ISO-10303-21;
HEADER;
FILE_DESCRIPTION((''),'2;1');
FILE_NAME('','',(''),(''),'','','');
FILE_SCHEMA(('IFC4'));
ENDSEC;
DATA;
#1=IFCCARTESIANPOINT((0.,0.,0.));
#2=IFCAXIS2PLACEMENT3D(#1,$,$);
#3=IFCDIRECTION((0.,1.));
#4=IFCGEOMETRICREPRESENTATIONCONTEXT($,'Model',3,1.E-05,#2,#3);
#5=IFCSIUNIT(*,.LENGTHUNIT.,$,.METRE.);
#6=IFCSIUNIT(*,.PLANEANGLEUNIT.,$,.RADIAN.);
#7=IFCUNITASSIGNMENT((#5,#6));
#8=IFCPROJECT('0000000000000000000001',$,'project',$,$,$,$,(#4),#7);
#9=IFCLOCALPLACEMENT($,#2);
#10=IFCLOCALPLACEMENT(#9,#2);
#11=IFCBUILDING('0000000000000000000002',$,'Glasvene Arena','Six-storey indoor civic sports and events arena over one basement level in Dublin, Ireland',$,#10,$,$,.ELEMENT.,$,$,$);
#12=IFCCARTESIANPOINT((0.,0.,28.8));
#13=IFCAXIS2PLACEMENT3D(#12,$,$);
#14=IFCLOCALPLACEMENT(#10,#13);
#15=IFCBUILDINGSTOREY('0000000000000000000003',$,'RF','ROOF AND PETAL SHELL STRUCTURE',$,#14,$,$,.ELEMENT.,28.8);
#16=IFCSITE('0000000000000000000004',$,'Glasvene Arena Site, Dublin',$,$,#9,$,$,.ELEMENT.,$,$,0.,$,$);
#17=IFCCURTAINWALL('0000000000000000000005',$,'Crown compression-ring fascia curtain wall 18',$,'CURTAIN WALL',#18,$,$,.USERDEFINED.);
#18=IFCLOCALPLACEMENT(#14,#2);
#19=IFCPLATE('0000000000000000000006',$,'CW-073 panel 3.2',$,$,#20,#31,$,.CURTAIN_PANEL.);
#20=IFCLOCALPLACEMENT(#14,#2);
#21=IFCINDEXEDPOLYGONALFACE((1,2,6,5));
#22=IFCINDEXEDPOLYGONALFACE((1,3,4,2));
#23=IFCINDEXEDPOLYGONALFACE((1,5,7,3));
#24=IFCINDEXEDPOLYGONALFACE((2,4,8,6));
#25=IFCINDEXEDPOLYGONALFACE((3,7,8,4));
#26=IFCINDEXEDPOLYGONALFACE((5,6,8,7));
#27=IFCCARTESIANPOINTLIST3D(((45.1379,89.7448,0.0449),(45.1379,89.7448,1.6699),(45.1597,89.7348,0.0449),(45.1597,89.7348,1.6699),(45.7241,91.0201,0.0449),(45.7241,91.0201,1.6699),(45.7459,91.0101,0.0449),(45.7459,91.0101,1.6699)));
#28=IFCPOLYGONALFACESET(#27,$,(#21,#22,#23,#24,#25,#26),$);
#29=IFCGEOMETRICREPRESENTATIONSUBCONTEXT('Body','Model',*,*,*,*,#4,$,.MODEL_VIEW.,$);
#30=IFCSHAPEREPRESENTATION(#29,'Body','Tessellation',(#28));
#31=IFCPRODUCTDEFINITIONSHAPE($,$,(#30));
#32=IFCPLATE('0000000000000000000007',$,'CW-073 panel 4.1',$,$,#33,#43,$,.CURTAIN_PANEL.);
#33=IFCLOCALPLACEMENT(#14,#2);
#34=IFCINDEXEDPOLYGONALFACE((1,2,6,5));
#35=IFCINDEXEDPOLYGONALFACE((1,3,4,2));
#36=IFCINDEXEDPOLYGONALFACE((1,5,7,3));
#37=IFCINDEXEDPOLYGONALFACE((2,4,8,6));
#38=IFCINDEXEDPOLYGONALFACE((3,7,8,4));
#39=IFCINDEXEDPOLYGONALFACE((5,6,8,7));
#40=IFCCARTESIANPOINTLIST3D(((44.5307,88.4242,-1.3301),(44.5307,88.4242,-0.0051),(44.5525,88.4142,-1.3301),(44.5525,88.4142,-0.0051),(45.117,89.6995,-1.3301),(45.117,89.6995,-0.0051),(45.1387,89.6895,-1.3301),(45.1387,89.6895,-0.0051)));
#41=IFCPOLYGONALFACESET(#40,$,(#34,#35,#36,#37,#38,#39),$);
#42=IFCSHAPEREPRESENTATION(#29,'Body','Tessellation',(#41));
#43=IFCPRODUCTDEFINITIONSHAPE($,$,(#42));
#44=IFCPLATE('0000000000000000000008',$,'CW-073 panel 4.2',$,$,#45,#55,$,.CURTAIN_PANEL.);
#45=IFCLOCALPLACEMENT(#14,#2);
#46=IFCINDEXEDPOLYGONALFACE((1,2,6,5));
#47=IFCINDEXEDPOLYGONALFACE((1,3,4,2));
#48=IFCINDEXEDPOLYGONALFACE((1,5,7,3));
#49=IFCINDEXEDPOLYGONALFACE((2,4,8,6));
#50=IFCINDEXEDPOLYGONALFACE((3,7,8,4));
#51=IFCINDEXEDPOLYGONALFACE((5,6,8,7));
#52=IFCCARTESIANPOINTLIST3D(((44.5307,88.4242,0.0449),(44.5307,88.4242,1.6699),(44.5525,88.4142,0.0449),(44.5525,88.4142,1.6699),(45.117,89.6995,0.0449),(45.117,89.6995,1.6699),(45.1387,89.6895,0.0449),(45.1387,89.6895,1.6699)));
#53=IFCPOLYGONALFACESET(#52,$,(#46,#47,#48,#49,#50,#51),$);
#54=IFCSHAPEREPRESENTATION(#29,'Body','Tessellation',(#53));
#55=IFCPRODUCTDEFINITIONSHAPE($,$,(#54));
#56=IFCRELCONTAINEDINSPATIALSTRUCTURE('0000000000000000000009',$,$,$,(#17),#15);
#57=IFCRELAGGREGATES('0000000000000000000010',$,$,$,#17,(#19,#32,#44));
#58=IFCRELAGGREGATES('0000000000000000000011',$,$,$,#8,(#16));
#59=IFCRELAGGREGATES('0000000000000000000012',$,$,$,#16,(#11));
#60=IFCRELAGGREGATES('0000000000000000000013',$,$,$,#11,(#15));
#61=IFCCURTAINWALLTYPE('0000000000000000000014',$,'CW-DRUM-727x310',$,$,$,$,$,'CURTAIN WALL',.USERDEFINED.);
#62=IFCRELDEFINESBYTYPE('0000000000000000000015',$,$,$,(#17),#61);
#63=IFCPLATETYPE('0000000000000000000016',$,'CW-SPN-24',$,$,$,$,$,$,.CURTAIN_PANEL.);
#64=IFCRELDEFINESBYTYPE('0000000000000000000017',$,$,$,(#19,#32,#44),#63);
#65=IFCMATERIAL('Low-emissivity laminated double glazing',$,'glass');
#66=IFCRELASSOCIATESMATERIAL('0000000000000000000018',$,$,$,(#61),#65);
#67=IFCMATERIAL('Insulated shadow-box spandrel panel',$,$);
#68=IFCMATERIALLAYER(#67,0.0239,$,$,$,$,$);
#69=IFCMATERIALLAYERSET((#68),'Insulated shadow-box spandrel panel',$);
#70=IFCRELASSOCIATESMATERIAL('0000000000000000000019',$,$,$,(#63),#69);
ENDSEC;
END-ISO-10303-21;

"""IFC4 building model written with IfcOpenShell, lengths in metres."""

from ifc_helpers import new_model, si_unit, direction, frame, origin, origin_2d, place, context, subcontext, project, spatial, rectangle, extrude, material, layer, layer_set, type_object, element, aggregate, save


model = new_model("IFC4")

# Units and contexts
model_context = context("Model", 3, precision=1e-05, world=origin(), true_north=direction((0.0, 1.0)))
body_context = subcontext(model_context, "Body", "Model", "MODEL_VIEW")
ifc_project = project(units=[si_unit("LENGTHUNIT", "METRE"), si_unit("PLANEANGLEUNIT", "RADIAN")], contexts=[model_context])

# Site, building, storey
site_placement = place(None, origin())
site = spatial("IfcSite", under=ifc_project, at=site_placement, Name="Glasvene Arena Site, Dublin", CompositionType="ELEMENT", RefElevation=0.0)
building_placement = place(site_placement, origin())
building = spatial("IfcBuilding", under=site, at=building_placement, Name="Glasvene Arena", Description="Six-storey indoor civic sports and events arena over one basement level in Dublin, Ireland", CompositionType="ELEMENT")
storey_placement = place(building_placement, frame((0.0, 0.0, 28.8)))
storey = spatial("IfcBuildingStorey", under=building, at=storey_placement, Name="RF", Description="ROOF AND PETAL SHELL STRUCTURE", CompositionType="ELEMENT", Elevation=28.8)

# Curtain wall, plates
ifc_material_1 = material(Name="Low-emissivity laminated double glazing", Category="glass")
curtain_wall_type = type_object("IfcCurtainWallType", Name="CW-DRUM-727x310", ElementType="CURTAIN WALL", PredefinedType="USERDEFINED", material=ifc_material_1)
curtain_wall_placement = place(storey_placement, frame((46.9597, 93.6792, 0.0)))
curtain_wall = element("IfcCurtainWall", 1, at=curtain_wall_placement, inside=storey, type_object=curtain_wall_type, Name="Crown compression-ring fascia curtain wall 18", ObjectType="CURTAIN WALL", PredefinedType="USERDEFINED")
ifc_material_2 = material(Name="Insulated shadow-box spandrel panel")
ifc_layer = layer(ifc_material_2, 0.0239)
ifc_layer_set = layer_set([ifc_layer], Name="Insulated shadow-box spandrel panel")
plate_type = type_object("IfcPlateType", Name="CW-SPN-24", PredefinedType="CURTAIN_PANEL", material=ifc_layer_set)
plate_1_placement = place(storey_placement, frame((45.4419, 90.3774, 0.0449), z_axis=(0.0, 0.0, 1.0), x_axis=(-0.417661, -0.908603, 0.0)))
plate_1 = element("IfcPlate", 2, at=plate_1_placement, type_object=plate_type, Name="CW-073 panel 3.2", PredefinedType="CURTAIN_PANEL", context=body_context, shape_type="SweptSolid", body=[
    extrude(rectangle(XDim=1.4036, YDim=0.0239, at=origin_2d()), origin(), (0.0, 0.0, 1.0), 1.625),
])
plate_2_placement = place(storey_placement, frame((44.8347, 89.0569, -1.3301), z_axis=(0.0, 0.0, 1.0), x_axis=(-0.417661, -0.908603, 0.0)))
plate_2 = element("IfcPlate", 3, at=plate_2_placement, type_object=plate_type, Name="CW-073 panel 4.1", PredefinedType="CURTAIN_PANEL", context=body_context, shape_type="SweptSolid", body=[
    extrude(rectangle(XDim=1.4036, YDim=0.0239, at=origin_2d()), origin(), (0.0, 0.0, 1.0), 1.325),
])
plate_3_placement = place(storey_placement, frame((44.8347, 89.0569, 0.0449), z_axis=(0.0, 0.0, 1.0), x_axis=(-0.417661, -0.908603, 0.0)))
plate_3 = element("IfcPlate", 4, at=plate_3_placement, type_object=plate_type, Name="CW-073 panel 4.2", PredefinedType="CURTAIN_PANEL", context=body_context, shape_type="SweptSolid", body=[
    extrude(rectangle(XDim=1.4036, YDim=0.0239, at=origin_2d()), origin(), (0.0, 0.0, 1.0), 1.625),
])
aggregate(curtain_wall, [plate_1, plate_2, plate_3])

save(model, "model.ifc")
